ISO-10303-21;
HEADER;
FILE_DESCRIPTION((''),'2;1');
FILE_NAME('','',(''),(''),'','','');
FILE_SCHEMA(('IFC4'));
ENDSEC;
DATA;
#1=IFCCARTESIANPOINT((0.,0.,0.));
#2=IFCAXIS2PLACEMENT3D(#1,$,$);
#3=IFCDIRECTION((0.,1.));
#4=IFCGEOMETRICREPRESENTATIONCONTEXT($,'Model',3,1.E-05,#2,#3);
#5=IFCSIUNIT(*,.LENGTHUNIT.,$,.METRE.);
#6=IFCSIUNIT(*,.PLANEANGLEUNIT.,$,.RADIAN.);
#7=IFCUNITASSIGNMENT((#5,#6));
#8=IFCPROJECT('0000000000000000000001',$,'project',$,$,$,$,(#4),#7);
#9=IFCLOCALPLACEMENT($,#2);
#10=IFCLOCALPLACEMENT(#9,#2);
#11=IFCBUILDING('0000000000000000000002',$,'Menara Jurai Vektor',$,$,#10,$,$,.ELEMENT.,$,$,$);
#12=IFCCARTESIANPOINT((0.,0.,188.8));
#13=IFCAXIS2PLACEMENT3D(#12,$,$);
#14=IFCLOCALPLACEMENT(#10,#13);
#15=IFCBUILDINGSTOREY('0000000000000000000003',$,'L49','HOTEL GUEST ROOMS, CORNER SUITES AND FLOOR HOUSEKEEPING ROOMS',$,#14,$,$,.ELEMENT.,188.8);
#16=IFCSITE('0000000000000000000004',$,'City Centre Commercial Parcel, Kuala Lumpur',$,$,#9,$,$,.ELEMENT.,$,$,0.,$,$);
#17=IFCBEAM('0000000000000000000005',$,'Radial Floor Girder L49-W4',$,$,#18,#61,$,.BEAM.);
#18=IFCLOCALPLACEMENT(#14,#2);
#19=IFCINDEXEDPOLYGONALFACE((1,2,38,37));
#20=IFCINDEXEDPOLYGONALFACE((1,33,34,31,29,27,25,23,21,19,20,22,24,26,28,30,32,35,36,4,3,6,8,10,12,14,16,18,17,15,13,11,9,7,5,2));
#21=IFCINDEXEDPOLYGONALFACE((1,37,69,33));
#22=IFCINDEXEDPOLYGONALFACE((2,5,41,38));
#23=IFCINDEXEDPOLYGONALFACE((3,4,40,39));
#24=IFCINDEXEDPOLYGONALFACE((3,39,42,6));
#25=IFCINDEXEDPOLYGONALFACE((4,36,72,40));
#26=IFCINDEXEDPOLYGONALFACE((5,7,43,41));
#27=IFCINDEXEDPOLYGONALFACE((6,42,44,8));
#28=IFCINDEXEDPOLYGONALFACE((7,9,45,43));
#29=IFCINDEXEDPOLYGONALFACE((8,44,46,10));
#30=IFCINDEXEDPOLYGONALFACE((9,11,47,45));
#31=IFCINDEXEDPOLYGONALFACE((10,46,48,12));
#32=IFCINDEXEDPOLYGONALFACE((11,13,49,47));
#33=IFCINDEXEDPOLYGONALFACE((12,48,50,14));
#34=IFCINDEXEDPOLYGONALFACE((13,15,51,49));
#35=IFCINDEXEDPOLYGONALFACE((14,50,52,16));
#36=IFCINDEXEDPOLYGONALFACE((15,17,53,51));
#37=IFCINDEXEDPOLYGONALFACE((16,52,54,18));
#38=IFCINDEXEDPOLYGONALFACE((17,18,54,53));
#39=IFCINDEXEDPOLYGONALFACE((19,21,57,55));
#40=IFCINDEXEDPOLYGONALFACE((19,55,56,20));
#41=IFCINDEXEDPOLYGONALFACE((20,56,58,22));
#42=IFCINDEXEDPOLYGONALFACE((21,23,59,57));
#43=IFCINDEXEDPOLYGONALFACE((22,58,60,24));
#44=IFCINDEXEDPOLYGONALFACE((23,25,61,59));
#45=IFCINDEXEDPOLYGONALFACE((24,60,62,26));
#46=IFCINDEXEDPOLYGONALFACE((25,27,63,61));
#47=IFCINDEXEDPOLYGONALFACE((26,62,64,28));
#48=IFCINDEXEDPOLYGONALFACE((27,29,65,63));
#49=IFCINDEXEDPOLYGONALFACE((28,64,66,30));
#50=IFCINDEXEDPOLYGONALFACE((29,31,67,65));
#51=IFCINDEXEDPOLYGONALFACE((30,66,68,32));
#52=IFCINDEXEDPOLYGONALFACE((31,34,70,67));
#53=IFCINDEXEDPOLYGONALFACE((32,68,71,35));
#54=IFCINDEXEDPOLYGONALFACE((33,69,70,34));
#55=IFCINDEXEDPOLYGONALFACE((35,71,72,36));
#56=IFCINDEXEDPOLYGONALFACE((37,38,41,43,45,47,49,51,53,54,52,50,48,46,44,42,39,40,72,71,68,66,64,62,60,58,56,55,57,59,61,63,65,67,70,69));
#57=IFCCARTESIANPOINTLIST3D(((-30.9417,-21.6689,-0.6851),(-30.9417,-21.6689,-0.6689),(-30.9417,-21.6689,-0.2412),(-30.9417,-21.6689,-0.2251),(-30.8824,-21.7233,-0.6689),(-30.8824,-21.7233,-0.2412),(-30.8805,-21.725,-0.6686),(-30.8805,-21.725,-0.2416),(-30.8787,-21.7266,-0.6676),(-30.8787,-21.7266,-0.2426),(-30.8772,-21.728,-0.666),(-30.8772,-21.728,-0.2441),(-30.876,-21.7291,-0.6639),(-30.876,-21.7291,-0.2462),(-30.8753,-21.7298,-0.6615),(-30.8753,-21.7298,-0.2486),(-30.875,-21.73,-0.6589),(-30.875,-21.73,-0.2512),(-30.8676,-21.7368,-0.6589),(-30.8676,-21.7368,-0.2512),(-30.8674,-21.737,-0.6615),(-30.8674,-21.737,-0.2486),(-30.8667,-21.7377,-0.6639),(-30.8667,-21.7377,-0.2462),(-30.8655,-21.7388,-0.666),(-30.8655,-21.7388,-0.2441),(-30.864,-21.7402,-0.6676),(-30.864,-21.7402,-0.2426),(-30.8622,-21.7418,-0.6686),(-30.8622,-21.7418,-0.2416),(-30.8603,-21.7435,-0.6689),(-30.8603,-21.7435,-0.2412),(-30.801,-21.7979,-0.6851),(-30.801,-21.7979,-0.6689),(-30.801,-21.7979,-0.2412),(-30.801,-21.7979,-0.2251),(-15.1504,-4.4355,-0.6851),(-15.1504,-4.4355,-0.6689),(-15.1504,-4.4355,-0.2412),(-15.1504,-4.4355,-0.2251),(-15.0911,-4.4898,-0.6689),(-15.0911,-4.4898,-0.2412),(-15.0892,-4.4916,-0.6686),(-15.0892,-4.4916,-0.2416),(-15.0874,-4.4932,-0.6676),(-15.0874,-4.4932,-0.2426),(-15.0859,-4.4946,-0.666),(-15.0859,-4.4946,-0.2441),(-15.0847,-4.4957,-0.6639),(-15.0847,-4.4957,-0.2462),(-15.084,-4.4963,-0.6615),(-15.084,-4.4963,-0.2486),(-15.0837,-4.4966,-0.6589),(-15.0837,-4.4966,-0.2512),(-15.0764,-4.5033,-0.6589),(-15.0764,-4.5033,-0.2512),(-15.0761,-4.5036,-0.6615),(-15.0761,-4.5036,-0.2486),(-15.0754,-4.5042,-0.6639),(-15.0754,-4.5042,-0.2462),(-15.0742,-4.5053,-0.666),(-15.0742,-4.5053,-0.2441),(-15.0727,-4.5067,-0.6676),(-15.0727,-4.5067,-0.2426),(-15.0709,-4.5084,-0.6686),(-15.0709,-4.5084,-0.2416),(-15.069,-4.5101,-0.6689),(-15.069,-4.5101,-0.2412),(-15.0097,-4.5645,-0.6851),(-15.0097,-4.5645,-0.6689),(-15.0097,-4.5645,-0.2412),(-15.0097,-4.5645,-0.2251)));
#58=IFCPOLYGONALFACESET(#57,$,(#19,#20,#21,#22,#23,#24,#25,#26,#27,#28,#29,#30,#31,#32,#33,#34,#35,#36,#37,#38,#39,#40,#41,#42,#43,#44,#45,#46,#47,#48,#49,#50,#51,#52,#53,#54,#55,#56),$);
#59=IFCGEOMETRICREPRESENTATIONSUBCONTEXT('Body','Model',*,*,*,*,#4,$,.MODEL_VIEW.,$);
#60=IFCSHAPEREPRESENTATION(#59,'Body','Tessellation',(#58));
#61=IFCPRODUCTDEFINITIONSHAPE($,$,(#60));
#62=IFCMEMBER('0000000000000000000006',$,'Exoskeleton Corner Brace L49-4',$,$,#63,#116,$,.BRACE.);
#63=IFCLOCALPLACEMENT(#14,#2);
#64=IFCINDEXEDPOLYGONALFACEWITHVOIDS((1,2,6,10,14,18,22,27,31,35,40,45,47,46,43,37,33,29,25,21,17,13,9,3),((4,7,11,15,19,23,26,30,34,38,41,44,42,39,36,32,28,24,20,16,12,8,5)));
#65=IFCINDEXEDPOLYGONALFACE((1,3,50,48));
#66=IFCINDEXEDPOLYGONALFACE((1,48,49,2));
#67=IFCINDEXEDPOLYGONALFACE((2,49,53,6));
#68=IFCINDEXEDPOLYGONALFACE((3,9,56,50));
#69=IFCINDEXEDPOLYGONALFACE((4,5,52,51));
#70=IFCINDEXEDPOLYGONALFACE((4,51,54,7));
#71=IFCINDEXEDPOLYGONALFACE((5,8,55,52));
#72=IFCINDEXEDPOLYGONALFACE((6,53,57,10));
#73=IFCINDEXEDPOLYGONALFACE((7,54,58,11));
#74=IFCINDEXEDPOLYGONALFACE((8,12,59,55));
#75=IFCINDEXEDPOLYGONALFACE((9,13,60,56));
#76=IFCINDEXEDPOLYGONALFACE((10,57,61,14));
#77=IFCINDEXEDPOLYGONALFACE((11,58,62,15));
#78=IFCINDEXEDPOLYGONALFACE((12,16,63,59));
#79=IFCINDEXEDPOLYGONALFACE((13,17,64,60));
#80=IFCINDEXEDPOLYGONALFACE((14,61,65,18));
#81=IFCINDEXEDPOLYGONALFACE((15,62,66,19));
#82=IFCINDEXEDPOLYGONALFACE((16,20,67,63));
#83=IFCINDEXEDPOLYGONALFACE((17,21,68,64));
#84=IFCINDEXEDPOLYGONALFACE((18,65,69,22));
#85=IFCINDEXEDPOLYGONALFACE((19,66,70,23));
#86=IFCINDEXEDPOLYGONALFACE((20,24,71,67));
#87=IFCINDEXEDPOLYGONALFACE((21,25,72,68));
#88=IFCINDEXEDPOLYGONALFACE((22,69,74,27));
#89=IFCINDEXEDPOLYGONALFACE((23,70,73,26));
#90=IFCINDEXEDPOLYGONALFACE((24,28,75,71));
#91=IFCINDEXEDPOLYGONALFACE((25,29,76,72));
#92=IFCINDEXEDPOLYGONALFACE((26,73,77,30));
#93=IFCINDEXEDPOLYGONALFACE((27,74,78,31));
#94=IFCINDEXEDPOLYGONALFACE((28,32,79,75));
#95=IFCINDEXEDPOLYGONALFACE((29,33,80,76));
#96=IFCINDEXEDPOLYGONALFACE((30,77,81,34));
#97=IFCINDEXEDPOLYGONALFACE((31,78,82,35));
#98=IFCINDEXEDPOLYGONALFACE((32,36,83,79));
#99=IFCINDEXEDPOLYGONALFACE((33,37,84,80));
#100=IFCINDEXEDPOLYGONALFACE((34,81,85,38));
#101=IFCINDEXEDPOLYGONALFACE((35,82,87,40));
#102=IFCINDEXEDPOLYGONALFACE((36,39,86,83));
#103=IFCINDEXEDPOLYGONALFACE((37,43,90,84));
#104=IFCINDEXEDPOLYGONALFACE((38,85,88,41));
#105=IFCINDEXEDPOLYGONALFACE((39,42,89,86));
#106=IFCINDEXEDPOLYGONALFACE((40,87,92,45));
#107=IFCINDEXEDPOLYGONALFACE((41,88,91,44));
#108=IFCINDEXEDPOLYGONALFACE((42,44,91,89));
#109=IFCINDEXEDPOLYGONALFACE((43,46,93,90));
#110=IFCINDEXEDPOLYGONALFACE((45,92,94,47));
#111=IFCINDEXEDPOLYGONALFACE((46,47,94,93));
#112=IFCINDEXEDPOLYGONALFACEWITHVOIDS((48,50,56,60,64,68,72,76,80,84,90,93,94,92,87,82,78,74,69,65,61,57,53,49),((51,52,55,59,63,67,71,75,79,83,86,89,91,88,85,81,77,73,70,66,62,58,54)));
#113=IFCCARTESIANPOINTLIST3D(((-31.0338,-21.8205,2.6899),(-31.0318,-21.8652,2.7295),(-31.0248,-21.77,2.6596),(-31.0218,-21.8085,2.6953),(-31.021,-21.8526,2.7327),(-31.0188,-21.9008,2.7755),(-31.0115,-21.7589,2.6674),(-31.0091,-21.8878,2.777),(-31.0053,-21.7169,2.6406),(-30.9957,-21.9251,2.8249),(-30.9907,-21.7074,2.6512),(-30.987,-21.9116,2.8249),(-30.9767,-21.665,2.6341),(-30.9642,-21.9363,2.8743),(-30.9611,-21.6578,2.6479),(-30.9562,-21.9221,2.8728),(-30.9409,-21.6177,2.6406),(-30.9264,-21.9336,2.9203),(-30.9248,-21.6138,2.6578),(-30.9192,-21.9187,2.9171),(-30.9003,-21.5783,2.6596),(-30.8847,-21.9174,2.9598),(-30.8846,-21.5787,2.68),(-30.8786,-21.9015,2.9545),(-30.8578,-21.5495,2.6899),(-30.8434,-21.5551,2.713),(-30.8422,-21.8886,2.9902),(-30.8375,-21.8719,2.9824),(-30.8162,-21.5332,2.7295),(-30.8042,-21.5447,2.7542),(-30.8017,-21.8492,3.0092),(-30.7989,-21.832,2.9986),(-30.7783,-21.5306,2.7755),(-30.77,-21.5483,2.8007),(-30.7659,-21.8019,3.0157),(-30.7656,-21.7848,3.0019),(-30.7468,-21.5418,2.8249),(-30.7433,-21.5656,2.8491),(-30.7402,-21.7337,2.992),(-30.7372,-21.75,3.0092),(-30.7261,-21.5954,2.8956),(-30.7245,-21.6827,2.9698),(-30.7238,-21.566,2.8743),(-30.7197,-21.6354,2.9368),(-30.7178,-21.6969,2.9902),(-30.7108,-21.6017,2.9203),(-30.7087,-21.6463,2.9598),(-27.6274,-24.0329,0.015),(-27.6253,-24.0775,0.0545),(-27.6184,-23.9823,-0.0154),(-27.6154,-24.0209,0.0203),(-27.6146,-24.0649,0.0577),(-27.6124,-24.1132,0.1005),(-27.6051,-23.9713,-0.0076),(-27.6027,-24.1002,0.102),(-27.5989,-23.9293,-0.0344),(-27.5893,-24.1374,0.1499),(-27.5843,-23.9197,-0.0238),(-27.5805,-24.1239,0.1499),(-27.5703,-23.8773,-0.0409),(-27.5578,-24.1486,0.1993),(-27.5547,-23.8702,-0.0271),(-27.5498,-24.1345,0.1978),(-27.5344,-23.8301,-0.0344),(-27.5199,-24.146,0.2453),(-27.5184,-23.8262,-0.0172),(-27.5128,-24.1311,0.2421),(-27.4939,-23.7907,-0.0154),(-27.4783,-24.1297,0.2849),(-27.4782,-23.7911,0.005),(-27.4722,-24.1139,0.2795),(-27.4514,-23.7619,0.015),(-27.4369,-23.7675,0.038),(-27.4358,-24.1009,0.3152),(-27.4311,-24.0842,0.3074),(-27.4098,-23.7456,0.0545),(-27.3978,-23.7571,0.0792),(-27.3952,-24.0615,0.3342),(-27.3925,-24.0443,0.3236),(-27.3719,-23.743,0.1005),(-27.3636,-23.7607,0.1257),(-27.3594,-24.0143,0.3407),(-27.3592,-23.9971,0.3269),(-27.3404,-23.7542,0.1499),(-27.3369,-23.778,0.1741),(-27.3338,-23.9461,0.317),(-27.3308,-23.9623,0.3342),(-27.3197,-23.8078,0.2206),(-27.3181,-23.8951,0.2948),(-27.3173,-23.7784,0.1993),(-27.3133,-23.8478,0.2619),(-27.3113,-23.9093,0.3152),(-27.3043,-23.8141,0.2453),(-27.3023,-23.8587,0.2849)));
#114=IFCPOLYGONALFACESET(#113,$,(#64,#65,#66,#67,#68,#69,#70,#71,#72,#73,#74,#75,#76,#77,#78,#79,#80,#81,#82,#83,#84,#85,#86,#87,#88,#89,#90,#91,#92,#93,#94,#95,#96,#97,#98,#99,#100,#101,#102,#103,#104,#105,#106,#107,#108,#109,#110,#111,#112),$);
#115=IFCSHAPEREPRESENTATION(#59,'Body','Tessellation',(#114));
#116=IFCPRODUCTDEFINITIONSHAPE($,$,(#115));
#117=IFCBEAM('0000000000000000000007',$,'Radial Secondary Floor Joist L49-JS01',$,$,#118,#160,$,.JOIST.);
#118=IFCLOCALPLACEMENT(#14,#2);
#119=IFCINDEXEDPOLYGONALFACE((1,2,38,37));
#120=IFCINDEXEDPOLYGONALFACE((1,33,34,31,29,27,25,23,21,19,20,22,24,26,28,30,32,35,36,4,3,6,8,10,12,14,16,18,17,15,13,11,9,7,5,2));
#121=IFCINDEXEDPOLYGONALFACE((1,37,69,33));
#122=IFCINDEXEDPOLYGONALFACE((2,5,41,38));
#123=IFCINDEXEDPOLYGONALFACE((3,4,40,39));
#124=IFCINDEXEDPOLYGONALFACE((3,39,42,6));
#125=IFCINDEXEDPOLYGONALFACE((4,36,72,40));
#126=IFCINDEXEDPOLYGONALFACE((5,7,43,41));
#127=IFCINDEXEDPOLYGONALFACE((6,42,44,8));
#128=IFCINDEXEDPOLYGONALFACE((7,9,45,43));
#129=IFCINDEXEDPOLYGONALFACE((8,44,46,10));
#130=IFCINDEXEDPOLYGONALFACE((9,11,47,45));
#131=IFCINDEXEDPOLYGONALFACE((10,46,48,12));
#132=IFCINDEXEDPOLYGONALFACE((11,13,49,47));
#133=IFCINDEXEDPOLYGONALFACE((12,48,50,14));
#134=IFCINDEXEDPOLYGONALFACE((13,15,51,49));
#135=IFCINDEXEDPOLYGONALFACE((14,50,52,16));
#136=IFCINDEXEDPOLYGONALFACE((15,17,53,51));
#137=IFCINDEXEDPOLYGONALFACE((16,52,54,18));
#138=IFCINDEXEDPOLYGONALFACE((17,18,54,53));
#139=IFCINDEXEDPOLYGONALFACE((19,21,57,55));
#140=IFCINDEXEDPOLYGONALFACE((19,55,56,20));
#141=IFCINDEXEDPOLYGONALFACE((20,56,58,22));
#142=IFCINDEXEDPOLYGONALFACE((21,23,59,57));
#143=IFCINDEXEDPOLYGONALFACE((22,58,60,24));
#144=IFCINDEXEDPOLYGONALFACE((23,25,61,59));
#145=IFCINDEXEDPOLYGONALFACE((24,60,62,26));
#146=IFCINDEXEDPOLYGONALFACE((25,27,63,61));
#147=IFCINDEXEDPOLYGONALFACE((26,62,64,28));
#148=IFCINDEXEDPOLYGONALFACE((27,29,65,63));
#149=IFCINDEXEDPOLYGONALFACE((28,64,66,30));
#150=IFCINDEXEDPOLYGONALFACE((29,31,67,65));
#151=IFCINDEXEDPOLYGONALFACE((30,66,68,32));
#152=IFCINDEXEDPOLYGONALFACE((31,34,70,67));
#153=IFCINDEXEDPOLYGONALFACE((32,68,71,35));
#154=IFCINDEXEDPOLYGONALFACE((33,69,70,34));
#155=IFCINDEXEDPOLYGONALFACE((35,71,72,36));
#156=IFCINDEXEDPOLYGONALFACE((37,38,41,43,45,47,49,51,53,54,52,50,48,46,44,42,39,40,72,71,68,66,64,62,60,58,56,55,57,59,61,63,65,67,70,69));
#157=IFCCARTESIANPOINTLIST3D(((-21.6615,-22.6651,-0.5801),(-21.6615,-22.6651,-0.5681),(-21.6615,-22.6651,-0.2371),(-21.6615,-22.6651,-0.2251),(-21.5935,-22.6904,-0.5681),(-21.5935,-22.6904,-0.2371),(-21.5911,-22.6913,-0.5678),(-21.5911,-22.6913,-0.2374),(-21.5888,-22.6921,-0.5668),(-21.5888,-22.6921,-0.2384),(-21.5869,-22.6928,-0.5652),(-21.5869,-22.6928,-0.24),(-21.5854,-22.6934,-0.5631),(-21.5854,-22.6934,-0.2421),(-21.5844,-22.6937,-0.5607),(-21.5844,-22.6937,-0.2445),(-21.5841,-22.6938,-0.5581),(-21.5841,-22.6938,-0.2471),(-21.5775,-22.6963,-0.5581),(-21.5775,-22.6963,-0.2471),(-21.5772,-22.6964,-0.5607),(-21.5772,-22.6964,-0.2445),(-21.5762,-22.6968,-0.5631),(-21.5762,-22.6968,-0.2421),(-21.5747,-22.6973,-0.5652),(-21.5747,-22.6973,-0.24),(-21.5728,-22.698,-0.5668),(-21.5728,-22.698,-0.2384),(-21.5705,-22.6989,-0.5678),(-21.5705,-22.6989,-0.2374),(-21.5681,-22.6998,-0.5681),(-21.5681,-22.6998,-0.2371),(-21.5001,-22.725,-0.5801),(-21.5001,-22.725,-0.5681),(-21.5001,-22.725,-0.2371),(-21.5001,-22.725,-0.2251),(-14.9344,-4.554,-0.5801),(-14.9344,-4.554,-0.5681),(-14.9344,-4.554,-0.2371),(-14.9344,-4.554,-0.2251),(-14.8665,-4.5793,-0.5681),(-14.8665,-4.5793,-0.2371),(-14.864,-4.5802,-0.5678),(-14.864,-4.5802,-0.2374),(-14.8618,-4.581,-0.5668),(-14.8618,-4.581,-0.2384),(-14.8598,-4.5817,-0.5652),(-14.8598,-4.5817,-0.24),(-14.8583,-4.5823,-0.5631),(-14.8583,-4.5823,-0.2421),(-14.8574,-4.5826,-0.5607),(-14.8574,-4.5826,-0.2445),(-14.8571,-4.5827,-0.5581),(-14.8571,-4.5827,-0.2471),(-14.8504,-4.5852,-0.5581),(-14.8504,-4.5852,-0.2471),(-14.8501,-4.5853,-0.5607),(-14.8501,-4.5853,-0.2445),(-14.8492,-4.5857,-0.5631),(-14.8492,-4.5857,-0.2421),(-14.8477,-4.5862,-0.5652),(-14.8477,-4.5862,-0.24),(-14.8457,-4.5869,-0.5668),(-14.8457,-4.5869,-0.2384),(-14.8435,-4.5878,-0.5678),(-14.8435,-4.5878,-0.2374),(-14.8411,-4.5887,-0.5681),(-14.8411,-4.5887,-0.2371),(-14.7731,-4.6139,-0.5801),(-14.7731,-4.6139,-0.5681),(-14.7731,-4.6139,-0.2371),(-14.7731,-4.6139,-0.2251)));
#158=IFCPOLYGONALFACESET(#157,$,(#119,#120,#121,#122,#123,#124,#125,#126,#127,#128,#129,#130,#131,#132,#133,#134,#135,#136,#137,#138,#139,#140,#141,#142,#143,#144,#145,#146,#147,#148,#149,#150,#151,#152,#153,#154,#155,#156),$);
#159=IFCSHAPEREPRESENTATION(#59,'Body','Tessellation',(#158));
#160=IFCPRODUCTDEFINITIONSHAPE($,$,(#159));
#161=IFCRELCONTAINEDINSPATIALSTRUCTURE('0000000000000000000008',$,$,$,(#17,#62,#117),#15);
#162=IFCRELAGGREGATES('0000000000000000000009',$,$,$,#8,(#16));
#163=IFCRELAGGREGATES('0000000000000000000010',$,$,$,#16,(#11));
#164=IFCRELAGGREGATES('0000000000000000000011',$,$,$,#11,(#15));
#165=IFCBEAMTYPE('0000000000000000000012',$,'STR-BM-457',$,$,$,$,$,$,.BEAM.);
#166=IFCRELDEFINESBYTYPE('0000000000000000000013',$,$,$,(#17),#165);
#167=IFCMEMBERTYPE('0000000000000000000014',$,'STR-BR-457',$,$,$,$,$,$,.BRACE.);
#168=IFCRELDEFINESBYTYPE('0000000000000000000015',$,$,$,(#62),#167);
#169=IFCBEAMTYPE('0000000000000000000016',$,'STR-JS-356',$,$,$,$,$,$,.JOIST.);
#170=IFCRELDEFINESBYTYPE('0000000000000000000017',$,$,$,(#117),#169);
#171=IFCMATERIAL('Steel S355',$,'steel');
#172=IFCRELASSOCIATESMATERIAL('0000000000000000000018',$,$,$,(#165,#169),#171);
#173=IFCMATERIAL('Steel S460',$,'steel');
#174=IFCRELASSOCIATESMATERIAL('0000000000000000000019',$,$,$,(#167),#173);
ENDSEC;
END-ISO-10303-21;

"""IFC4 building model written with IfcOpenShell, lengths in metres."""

from ifc_helpers import new_model, si_unit, direction, frame, origin, origin_2d, place, context, subcontext, project, spatial, hollow_circle, i_section, extrude, material, material_profile, profile_set, type_object, element, save


model = new_model("IFC4")

# Units and contexts
model_context = context("Model", 3, precision=1e-05, world=origin(), true_north=direction((0.0, 1.0)))
body_context = subcontext(model_context, "Body", "Model", "MODEL_VIEW")
ifc_project = project(units=[si_unit("LENGTHUNIT", "METRE"), si_unit("PLANEANGLEUNIT", "RADIAN")], contexts=[model_context])

# Site, building, storey
site_placement = place(None, origin())
site = spatial("IfcSite", under=ifc_project, at=site_placement, Name="City Centre Commercial Parcel, Kuala Lumpur", CompositionType="ELEMENT", RefElevation=0.0)
building_placement = place(site_placement, origin())
building = spatial("IfcBuilding", under=site, at=building_placement, Name="Menara Jurai Vektor", CompositionType="ELEMENT")
storey_placement = place(building_placement, frame((0.0, 0.0, 188.8)))
storey = spatial("IfcBuildingStorey", under=building, at=storey_placement, Name="L49", Description="HOTEL GUEST ROOMS, CORNER SUITES AND FLOOR HOUSEKEEPING ROOMS", CompositionType="ELEMENT", Elevation=188.8)

# Shared definitions
ifc_material_1 = material(Name="Steel S460", Category="steel")

# Beam
ifc_material_2 = material(Name="Steel S355", Category="steel")
ifc_material_profile_1 = material_profile(ifc_material_2, i_section(OverallWidth=0.1909, OverallDepth=0.46, WebThickness=0.01, FlangeThickness=0.0161, FilletRadius=0.01, at=origin_2d()), Name="UKB 457x191x82")
ifc_profile_set_1 = profile_set([ifc_material_profile_1], Name="Steel S355")
beam_type_1 = type_object("IfcBeamType", Name="STR-BM-457", PredefinedType="BEAM", material=ifc_profile_set_1)
beam_1_placement = place(storey_placement, frame((-30.8713, -21.7334, -0.4551), z_axis=(0.675585, 0.737282, 0.0), x_axis=(-0.737282, 0.675585, 0.0)))
element("IfcBeam", 1, at=beam_1_placement, inside=storey, type_object=beam_type_1, Name="Radial Floor Girder L49-W4", PredefinedType="BEAM", context=body_context, shape_type="SweptSolid", body=[
    extrude(i_section(OverallWidth=0.1909, OverallDepth=0.46, WebThickness=0.01, FlangeThickness=0.0161, FilletRadius=0.01, at=origin_2d()), origin(), (0.0, 0.0, 1.0), 23.3743),
])

# Member
ifc_material_profile_2 = material_profile(ifc_material_1, hollow_circle(Radius=0.2285, WallThickness=0.0161, at=origin_2d()), Name="CHS 457x16")
ifc_profile_set_2 = profile_set([ifc_material_profile_2], Name="Steel S460")
member_type_1 = type_object("IfcMemberType", Name="STR-BR-457", PredefinedType="BRACE", material=ifc_profile_set_2)
member_1_placement = place(storey_placement, frame((-27.4648, -23.9458, 0.1499), z_axis=(-0.700403, 0.454888, 0.550012), x_axis=(-0.544674, -0.838648, 0.0)))
element("IfcMember", 2, at=member_1_placement, inside=storey, type_object=member_type_1, Name="Exoskeleton Corner Brace L49-4", PredefinedType="BRACE", context=body_context, shape_type="SweptSolid", body=[
    extrude(hollow_circle(Radius=0.2285, WallThickness=0.0161, at=origin_2d()), origin(), (0.0, 0.0, 1.0), 4.8635),
])

# Beam
ifc_material_profile_3 = material_profile(ifc_material_2, i_section(OverallWidth=0.1721, OverallDepth=0.355, WebThickness=0.0071, FlangeThickness=0.012, FilletRadius=0.01, at=origin_2d()), Name="UKB 356x171x51")
ifc_profile_set_3 = profile_set([ifc_material_profile_3], Name="Steel S355")
beam_type_2 = type_object("IfcBeamType", Name="STR-JS-356", PredefinedType="JOIST", material=ifc_profile_set_3)
beam_2_placement = place(storey_placement, frame((-21.5808, -22.6951, -0.4026), z_axis=(0.34819, 0.937424, 0.0), x_axis=(-0.937424, 0.34819, 0.0)))
element("IfcBeam", 3, at=beam_2_placement, inside=storey, type_object=beam_type_2, Name="Radial Secondary Floor Joist L49-JS01", PredefinedType="JOIST", context=body_context, shape_type="SweptSolid", body=[
    extrude(i_section(OverallWidth=0.1721, OverallDepth=0.355, WebThickness=0.0071, FlangeThickness=0.012, FilletRadius=0.01, at=origin_2d()), origin(), (0.0, 0.0, 1.0), 19.3201),
])

save(model, "model.ifc")
